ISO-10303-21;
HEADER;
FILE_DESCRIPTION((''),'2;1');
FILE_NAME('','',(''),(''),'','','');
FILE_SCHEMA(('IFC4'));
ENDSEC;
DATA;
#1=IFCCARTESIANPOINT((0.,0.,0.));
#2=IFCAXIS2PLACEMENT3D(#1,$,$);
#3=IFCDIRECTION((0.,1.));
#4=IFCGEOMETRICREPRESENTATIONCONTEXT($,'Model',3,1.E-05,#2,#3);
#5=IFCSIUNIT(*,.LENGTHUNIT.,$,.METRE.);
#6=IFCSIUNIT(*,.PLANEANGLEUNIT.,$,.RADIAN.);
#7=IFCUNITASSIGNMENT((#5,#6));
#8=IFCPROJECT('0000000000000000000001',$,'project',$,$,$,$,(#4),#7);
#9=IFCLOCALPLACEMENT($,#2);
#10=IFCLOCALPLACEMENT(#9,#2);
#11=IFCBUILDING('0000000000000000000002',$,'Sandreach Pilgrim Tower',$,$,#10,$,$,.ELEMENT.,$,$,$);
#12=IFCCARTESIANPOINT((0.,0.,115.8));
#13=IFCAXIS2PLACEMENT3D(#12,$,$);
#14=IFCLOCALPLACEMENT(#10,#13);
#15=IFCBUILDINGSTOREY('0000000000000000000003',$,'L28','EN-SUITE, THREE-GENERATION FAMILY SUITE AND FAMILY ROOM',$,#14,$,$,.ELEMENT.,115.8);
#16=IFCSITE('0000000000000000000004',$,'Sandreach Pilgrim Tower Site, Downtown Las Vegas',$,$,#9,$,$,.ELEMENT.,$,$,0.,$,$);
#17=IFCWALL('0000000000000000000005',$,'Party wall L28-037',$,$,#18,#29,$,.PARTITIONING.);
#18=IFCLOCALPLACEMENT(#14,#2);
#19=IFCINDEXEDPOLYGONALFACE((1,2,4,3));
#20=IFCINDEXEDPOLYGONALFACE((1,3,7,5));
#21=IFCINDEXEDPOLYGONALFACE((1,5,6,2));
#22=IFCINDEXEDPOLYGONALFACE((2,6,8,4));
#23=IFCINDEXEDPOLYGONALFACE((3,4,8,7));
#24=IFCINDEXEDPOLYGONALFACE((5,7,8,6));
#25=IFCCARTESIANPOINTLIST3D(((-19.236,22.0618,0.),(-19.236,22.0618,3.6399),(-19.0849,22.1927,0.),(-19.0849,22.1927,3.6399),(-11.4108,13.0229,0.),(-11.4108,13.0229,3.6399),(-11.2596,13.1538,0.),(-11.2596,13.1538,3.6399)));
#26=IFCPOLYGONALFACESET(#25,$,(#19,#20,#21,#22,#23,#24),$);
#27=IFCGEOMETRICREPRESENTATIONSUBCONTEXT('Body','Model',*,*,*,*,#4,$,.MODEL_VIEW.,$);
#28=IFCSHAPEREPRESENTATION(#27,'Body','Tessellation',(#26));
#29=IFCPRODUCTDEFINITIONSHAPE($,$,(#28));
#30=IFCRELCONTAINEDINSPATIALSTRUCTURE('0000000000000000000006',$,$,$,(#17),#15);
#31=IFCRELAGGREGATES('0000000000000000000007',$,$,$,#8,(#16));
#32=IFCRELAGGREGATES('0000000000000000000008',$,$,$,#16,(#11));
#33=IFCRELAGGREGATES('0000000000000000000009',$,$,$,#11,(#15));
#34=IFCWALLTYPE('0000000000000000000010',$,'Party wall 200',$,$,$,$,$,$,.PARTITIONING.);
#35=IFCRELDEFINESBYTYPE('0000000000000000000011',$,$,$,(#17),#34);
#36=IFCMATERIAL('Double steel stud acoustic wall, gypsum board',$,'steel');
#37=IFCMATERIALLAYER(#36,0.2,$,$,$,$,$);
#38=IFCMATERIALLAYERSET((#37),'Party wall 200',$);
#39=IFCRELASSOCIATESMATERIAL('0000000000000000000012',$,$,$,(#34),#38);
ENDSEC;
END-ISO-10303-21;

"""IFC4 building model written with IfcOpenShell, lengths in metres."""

from ifc_helpers import new_model, si_unit, direction, frame, frame_2d, origin, place, context, subcontext, project, spatial, rectangle, extrude, material, layer, layer_set, type_object, element, save


model = new_model("IFC4")

# Units and contexts
model_context = context("Model", 3, precision=1e-05, world=origin(), true_north=direction((0.0, 1.0)))
body_context = subcontext(model_context, "Body", "Model", "MODEL_VIEW")
ifc_project = project(units=[si_unit("LENGTHUNIT", "METRE"), si_unit("PLANEANGLEUNIT", "RADIAN")], contexts=[model_context])

# Site, building, storey
site_placement = place(None, origin())
site = spatial("IfcSite", under=ifc_project, at=site_placement, Name="Sandreach Pilgrim Tower Site, Downtown Las Vegas", CompositionType="ELEMENT", RefElevation=0.0)
building_placement = place(site_placement, origin())
building = spatial("IfcBuilding", under=site, at=building_placement, Name="Sandreach Pilgrim Tower", CompositionType="ELEMENT")
storey_placement = place(building_placement, frame((0.0, 0.0, 115.8)))
storey = spatial("IfcBuildingStorey", under=building, at=storey_placement, Name="L28", Description="EN-SUITE, THREE-GENERATION FAMILY SUITE AND FAMILY ROOM", CompositionType="ELEMENT", Elevation=115.8)

# Wall
ifc_material_1 = material(Name="Double steel stud acoustic wall, gypsum board", Category="steel")
ifc_layer_1 = layer(ifc_material_1, 0.2)
ifc_layer_set_1 = layer_set([ifc_layer_1], Name="Party wall 200")
wall_type_1 = type_object("IfcWallType", Name="Party wall 200", PredefinedType="PARTITIONING", material=ifc_layer_set_1)
wall_1_placement = place(storey_placement, frame((-11.3352, 13.0884, 0.0), z_axis=(0.0, 0.0, 1.0), x_axis=(-0.654527, 0.756039, 0.0)))
element("IfcWall", 1, at=wall_1_placement, inside=storey, type_object=wall_type_1, Name="Party wall L28-037", PredefinedType="PARTITIONING", context=body_context, shape_type="SweptSolid", body=[
    extrude(rectangle(XDim=11.9556, YDim=0.2, at=frame_2d((5.9778, 0.0))), origin(), (0.0, 0.0, 1.0), 3.6399),
])

save(model, "model.ifc")
